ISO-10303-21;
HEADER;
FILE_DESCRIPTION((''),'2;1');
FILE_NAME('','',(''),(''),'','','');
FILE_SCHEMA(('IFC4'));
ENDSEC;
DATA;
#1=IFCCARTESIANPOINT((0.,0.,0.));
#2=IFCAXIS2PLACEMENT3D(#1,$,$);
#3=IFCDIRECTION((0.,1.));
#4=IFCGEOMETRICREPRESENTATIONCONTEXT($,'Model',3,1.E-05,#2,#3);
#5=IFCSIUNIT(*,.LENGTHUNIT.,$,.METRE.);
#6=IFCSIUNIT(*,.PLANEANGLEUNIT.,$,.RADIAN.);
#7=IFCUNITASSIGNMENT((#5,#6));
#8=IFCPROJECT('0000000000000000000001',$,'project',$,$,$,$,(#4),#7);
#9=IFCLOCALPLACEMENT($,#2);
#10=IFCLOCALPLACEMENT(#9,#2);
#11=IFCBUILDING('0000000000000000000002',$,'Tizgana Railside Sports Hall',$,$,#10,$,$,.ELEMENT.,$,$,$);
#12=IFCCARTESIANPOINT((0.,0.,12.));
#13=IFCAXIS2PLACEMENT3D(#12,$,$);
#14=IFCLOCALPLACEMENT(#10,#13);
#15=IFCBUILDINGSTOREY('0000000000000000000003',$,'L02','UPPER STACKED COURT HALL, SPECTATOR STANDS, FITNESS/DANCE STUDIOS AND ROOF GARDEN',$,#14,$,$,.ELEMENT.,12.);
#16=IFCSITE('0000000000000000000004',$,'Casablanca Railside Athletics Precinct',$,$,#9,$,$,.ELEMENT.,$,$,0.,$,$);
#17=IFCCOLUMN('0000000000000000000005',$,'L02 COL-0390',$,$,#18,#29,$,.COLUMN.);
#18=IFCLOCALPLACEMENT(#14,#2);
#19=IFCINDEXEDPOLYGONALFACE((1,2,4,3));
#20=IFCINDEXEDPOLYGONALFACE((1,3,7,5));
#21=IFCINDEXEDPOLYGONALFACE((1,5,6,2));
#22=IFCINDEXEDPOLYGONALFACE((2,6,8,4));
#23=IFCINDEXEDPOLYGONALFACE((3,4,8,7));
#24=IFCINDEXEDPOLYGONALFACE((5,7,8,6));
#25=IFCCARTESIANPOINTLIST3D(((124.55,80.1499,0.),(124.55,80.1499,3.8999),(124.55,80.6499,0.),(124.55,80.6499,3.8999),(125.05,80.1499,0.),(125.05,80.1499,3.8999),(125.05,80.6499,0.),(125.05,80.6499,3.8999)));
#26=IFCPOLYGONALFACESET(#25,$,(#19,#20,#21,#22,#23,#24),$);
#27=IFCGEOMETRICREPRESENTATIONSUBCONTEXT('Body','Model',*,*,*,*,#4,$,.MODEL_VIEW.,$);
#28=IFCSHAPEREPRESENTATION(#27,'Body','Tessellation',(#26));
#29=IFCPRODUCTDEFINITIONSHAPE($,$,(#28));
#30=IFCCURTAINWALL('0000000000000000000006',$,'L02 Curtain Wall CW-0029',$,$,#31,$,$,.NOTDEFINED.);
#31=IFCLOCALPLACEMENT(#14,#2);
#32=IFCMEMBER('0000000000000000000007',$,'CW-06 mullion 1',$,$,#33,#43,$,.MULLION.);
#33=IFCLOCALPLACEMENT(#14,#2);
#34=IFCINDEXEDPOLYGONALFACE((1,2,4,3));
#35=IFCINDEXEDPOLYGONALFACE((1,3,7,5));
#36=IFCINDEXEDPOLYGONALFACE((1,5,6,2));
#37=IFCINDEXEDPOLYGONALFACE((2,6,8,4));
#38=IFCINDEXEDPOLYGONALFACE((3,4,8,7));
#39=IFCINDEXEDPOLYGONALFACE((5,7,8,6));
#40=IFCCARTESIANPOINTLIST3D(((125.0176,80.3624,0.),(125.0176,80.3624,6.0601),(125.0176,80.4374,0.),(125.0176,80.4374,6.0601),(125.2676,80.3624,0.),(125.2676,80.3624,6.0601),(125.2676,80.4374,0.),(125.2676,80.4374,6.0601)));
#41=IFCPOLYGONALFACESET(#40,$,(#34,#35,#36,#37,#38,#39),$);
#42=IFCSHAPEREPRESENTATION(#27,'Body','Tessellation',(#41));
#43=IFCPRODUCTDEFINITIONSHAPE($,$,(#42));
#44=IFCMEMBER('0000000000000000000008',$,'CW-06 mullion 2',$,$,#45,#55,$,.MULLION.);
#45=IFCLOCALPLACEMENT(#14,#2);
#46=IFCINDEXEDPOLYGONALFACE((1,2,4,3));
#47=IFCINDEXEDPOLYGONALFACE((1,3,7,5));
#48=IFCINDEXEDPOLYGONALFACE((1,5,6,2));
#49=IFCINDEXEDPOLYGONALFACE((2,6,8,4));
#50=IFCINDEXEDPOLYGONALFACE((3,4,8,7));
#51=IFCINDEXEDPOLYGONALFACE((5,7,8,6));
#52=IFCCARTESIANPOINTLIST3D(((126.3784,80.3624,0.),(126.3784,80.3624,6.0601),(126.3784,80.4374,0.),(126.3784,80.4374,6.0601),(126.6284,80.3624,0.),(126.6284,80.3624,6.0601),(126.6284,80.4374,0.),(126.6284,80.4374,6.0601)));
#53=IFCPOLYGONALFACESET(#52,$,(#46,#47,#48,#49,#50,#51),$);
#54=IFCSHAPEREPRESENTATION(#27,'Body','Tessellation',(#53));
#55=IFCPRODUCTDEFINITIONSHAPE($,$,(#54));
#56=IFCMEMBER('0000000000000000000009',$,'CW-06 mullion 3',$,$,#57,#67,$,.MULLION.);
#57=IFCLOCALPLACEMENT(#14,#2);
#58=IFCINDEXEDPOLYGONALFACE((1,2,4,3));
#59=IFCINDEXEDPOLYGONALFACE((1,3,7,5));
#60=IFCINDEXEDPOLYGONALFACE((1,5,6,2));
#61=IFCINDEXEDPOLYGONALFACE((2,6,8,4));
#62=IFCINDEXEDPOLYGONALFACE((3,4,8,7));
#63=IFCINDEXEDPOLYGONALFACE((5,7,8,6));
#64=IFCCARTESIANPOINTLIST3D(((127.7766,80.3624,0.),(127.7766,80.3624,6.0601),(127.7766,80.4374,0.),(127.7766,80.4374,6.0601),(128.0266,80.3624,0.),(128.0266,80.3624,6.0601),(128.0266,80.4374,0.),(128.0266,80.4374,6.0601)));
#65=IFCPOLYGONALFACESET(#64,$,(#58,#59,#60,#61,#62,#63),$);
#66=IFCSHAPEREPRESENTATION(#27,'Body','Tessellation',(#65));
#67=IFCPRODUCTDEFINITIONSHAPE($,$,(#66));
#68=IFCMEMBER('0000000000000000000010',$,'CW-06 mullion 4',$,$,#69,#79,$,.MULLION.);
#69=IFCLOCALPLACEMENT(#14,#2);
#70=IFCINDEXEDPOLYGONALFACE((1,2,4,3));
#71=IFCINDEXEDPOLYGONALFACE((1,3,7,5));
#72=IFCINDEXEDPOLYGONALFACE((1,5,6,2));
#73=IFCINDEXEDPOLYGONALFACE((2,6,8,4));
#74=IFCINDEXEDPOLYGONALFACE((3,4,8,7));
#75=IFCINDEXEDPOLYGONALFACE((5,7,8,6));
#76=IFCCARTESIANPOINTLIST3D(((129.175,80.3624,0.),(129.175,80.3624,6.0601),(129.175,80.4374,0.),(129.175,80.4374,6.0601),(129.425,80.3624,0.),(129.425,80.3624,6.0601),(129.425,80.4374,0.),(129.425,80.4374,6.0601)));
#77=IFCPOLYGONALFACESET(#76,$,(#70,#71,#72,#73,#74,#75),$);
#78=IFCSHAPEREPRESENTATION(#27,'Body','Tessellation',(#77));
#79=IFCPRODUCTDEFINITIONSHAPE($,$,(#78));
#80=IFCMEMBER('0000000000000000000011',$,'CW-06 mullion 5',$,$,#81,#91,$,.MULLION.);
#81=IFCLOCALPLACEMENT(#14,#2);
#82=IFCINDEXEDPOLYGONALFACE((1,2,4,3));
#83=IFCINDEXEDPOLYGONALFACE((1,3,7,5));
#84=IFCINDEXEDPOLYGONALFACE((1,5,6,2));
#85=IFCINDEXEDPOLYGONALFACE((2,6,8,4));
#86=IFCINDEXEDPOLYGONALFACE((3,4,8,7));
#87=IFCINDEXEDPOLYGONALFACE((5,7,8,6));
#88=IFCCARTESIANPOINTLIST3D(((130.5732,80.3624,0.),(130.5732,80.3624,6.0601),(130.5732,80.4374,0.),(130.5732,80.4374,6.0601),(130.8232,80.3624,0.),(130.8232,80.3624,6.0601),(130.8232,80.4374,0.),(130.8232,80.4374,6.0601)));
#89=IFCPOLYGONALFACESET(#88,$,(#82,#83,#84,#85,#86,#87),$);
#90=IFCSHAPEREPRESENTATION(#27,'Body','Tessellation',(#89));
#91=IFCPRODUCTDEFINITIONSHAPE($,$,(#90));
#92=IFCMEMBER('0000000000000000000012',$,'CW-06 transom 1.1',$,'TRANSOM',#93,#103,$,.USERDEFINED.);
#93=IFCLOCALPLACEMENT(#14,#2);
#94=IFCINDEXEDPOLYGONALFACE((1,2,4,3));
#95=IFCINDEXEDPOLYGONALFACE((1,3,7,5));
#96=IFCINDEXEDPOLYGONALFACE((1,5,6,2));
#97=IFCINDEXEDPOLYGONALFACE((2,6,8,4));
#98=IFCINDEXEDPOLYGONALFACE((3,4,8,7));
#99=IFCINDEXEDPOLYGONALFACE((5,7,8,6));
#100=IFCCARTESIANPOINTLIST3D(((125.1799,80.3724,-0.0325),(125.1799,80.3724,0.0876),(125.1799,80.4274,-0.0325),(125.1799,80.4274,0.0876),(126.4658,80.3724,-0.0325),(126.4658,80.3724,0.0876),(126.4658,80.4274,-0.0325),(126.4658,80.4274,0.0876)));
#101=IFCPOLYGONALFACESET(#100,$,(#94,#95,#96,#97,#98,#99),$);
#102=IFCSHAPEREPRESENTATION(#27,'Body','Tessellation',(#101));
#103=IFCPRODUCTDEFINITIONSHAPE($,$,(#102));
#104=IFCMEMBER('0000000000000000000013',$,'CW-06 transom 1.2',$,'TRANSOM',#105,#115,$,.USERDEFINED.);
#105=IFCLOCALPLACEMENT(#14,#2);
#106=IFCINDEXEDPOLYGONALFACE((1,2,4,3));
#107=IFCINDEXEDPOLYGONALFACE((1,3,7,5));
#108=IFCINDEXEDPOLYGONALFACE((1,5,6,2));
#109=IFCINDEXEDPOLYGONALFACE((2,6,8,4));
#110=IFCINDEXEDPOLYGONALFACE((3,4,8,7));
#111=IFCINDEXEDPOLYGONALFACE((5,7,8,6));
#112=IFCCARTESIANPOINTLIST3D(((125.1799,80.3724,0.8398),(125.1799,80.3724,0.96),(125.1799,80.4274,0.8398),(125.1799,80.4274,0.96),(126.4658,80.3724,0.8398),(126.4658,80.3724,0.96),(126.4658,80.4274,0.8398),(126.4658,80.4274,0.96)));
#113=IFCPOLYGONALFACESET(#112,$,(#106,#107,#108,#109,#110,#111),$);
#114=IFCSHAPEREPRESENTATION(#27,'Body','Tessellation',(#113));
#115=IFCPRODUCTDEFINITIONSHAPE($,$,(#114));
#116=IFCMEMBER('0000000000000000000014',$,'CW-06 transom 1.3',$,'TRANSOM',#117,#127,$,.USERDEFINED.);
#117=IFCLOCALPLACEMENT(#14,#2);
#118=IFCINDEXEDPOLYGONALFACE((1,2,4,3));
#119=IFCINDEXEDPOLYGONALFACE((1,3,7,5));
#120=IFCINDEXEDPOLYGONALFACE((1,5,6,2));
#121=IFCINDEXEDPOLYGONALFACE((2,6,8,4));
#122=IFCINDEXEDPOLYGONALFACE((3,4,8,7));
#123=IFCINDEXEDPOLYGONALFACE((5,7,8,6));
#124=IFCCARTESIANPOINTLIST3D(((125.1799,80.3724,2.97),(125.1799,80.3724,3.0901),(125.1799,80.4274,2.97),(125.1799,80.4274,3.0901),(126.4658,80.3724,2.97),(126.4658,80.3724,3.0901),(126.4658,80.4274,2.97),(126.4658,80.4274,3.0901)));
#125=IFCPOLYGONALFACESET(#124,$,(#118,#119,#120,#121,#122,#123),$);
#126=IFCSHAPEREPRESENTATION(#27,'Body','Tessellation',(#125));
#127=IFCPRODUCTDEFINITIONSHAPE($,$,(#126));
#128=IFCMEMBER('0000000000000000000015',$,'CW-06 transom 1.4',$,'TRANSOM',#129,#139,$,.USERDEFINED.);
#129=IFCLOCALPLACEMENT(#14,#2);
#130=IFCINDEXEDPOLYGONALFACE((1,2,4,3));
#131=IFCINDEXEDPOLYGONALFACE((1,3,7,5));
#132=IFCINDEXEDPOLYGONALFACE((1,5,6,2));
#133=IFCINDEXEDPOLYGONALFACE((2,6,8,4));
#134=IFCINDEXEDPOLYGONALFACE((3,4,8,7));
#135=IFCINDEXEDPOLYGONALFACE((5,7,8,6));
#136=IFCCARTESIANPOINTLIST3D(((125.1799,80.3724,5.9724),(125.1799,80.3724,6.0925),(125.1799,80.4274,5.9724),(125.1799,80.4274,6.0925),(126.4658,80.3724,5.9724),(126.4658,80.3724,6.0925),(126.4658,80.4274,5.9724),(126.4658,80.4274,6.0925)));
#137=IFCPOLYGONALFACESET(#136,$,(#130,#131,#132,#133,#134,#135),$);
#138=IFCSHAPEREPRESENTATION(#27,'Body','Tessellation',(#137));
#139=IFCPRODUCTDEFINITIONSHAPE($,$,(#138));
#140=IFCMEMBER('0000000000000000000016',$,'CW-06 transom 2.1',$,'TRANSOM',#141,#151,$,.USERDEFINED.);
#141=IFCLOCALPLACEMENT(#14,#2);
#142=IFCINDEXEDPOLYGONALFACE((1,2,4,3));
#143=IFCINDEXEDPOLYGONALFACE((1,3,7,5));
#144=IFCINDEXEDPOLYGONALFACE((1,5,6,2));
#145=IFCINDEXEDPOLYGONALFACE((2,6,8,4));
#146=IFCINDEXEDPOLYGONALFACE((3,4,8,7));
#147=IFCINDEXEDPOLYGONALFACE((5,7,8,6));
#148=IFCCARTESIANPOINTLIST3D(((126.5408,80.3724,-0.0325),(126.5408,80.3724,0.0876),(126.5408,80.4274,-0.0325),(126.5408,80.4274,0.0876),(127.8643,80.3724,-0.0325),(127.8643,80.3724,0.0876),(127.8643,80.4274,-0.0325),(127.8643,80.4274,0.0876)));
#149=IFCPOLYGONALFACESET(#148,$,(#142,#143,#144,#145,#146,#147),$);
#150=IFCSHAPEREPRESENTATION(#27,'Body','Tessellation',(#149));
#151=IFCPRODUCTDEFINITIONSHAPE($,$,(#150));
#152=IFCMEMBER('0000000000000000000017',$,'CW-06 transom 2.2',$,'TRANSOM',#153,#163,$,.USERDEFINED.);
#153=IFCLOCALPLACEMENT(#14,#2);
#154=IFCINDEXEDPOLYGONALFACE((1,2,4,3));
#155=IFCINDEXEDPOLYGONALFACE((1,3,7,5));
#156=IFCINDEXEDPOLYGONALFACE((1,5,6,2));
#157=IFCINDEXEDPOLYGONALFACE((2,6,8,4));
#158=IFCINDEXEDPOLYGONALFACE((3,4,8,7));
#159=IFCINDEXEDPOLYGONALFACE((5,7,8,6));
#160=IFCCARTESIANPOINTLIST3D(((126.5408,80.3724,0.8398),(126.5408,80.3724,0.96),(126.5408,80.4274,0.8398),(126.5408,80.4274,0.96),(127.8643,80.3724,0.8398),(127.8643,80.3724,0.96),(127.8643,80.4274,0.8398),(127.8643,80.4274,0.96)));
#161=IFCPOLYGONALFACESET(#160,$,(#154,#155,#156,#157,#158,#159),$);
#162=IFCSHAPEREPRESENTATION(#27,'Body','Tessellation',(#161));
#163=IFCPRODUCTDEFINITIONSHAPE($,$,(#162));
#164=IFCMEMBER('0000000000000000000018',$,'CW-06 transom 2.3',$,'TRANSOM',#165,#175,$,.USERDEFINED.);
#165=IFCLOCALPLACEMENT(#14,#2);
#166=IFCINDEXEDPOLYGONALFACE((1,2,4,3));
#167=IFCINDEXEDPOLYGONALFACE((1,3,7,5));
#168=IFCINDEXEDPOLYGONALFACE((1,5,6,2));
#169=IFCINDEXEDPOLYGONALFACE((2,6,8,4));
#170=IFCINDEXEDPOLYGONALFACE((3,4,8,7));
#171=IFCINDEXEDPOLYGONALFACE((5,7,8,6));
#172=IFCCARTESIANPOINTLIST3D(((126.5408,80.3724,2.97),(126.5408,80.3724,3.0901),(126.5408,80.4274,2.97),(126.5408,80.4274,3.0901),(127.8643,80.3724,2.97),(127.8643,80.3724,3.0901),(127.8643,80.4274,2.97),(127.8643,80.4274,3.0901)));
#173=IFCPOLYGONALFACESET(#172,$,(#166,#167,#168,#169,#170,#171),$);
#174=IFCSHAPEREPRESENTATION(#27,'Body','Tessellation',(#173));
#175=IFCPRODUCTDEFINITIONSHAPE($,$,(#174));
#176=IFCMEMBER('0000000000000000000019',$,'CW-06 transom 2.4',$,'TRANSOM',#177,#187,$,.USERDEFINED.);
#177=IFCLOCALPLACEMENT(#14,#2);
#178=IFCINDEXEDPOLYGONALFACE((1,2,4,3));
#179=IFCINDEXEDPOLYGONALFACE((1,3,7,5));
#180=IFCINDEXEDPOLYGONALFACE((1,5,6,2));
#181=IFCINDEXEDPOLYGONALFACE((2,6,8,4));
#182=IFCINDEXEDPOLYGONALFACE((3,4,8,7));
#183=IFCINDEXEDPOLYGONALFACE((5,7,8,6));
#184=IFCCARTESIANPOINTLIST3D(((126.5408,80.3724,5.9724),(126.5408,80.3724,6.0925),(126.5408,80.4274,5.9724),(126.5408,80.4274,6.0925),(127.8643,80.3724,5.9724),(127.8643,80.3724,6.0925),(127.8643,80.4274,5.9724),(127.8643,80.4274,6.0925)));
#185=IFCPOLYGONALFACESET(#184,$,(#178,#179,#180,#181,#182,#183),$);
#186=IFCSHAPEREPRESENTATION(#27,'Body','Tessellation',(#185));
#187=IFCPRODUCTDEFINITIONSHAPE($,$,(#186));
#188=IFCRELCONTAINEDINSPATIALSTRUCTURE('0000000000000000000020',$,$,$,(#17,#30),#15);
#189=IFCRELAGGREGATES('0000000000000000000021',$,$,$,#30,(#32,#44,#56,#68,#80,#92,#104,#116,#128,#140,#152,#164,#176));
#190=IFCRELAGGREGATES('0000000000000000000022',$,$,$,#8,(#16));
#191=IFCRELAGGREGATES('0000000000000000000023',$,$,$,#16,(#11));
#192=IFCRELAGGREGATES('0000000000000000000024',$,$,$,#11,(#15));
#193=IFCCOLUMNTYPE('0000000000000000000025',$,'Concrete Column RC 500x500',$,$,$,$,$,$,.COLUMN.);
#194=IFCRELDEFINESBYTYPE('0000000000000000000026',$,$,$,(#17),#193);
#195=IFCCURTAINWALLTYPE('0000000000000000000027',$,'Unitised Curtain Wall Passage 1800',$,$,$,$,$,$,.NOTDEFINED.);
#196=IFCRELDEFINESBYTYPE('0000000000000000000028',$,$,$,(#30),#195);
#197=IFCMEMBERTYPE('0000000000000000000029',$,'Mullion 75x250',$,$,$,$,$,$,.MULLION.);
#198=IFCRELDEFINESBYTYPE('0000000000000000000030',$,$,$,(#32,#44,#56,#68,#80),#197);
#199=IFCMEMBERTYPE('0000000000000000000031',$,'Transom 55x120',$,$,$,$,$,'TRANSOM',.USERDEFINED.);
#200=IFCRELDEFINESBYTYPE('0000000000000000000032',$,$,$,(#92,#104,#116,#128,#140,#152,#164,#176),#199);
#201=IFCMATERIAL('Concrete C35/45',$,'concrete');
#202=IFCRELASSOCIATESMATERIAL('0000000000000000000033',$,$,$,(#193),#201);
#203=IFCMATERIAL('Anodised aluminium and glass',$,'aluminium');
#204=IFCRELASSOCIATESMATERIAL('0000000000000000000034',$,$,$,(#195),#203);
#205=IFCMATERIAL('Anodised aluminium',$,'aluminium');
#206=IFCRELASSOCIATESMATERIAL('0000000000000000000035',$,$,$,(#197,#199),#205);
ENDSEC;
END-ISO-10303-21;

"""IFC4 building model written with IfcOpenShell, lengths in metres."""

from ifc_helpers import new_model, si_unit, direction, frame, origin, origin_2d, place, context, subcontext, project, spatial, rectangle, extrude, material, material_profile, profile_set, type_object, element, aggregate, save


model = new_model("IFC4")

# Units and contexts
model_context = context("Model", 3, precision=1e-05, world=origin(), true_north=direction((0.0, 1.0)))
body_context = subcontext(model_context, "Body", "Model", "MODEL_VIEW")
ifc_project = project(units=[si_unit("LENGTHUNIT", "METRE"), si_unit("PLANEANGLEUNIT", "RADIAN")], contexts=[model_context])

# Site, building, storey
site_placement = place(None, origin())
site = spatial("IfcSite", under=ifc_project, at=site_placement, Name="Casablanca Railside Athletics Precinct", CompositionType="ELEMENT", RefElevation=0.0)
building_placement = place(site_placement, origin())
building = spatial("IfcBuilding", under=site, at=building_placement, Name="Tizgana Railside Sports Hall", CompositionType="ELEMENT")
storey_placement = place(building_placement, frame((0.0, 0.0, 12.0)))
storey = spatial("IfcBuildingStorey", under=building, at=storey_placement, Name="L02", Description="UPPER STACKED COURT HALL, SPECTATOR STANDS, FITNESS/DANCE STUDIOS AND ROOF GARDEN", CompositionType="ELEMENT", Elevation=12.0)

# Column
ifc_material_1 = material(Name="Concrete C35/45", Category="concrete")
ifc_material_profile_1 = material_profile(ifc_material_1, rectangle(XDim=0.5, YDim=0.5, at=origin_2d()), Name="RC 500x500")
ifc_profile_set_1 = profile_set([ifc_material_profile_1], Name="Concrete C35/45")
column_type = type_object("IfcColumnType", Name="Concrete Column RC 500x500", PredefinedType="COLUMN", material=ifc_profile_set_1)
column_placement = place(storey_placement, frame((124.8, 80.3999, 0.0), z_axis=(0.0, 0.0, 1.0), x_axis=(1.0, 0.0, 0.0)))
element("IfcColumn", 1, at=column_placement, inside=storey, type_object=column_type, Name="L02 COL-0390", PredefinedType="COLUMN", context=body_context, shape_type="SweptSolid", body=[
    extrude(rectangle(XDim=0.5, YDim=0.5, at=origin_2d()), origin(), (0.0, 0.0, 1.0), 3.8999),
])

# Curtain wall, members
ifc_material_2 = material(Name="Anodised aluminium and glass", Category="aluminium")
curtain_wall_type = type_object("IfcCurtainWallType", Name="Unitised Curtain Wall Passage 1800", PredefinedType="NOTDEFINED", material=ifc_material_2)
curtain_wall_placement = place(storey_placement, origin())
curtain_wall = element("IfcCurtainWall", 2, at=curtain_wall_placement, inside=storey, type_object=curtain_wall_type, Name="L02 Curtain Wall CW-0029", PredefinedType="NOTDEFINED")
ifc_material_3 = material(Name="Anodised aluminium", Category="aluminium")
ifc_material_profile_2 = material_profile(ifc_material_3, rectangle(XDim=0.075, YDim=0.25, at=origin_2d()), Name="Mullion 75x250")
ifc_profile_set_2 = profile_set([ifc_material_profile_2], Name="Anodised aluminium")
member_type_1 = type_object("IfcMemberType", Name="Mullion 75x250", PredefinedType="MULLION", material=ifc_profile_set_2)
member_1_placement = place(storey_placement, frame((125.1426, 80.3999, 0.0), z_axis=(0.0, 0.0, 1.0), x_axis=(0.0, 1.0, 0.0)))
member_1 = element("IfcMember", 3, at=member_1_placement, type_object=member_type_1, Name="CW-06 mullion 1", PredefinedType="MULLION", context=body_context, shape_type="SweptSolid", body=[
    extrude(rectangle(XDim=0.075, YDim=0.25, at=origin_2d()), origin(), (0.0, 0.0, 1.0), 6.0601),
])
member_2_placement = place(storey_placement, frame((126.5034, 80.3999, 0.0), z_axis=(0.0, 0.0, 1.0), x_axis=(0.0, 1.0, 0.0)))
member_2 = element("IfcMember", 4, at=member_2_placement, type_object=member_type_1, Name="CW-06 mullion 2", PredefinedType="MULLION", context=body_context, shape_type="SweptSolid", body=[
    extrude(rectangle(XDim=0.075, YDim=0.25, at=origin_2d()), origin(), (0.0, 0.0, 1.0), 6.0601),
])
member_3_placement = place(storey_placement, frame((127.9016, 80.3999, 0.0), z_axis=(0.0, 0.0, 1.0), x_axis=(0.0, 1.0, 0.0)))
member_3 = element("IfcMember", 5, at=member_3_placement, type_object=member_type_1, Name="CW-06 mullion 3", PredefinedType="MULLION", context=body_context, shape_type="SweptSolid", body=[
    extrude(rectangle(XDim=0.075, YDim=0.25, at=origin_2d()), origin(), (0.0, 0.0, 1.0), 6.0601),
])
member_4_placement = place(storey_placement, frame((129.3, 80.3999, 0.0), z_axis=(0.0, 0.0, 1.0), x_axis=(0.0, 1.0, 0.0)))
member_4 = element("IfcMember", 6, at=member_4_placement, type_object=member_type_1, Name="CW-06 mullion 4", PredefinedType="MULLION", context=body_context, shape_type="SweptSolid", body=[
    extrude(rectangle(XDim=0.075, YDim=0.25, at=origin_2d()), origin(), (0.0, 0.0, 1.0), 6.0601),
])
member_5_placement = place(storey_placement, frame((130.6982, 80.3999, 0.0), z_axis=(0.0, 0.0, 1.0), x_axis=(0.0, 1.0, 0.0)))
member_5 = element("IfcMember", 7, at=member_5_placement, type_object=member_type_1, Name="CW-06 mullion 5", PredefinedType="MULLION", context=body_context, shape_type="SweptSolid", body=[
    extrude(rectangle(XDim=0.075, YDim=0.25, at=origin_2d()), origin(), (0.0, 0.0, 1.0), 6.0601),
])
ifc_material_profile_3 = material_profile(ifc_material_3, rectangle(XDim=0.0549, YDim=0.1201, at=origin_2d()), Name="Transom 55x120")
ifc_profile_set_3 = profile_set([ifc_material_profile_3], Name="Anodised aluminium")
member_type_2 = type_object("IfcMemberType", Name="Transom 55x120", ElementType="TRANSOM", PredefinedType="USERDEFINED", material=ifc_profile_set_3)
member_6_placement = place(storey_placement, frame((125.1799, 80.3999, 0.0276), z_axis=(1.0, 0.0, 0.0), x_axis=(0.0, 1.0, 0.0)))
member_6 = element("IfcMember", 8, at=member_6_placement, type_object=member_type_2, Name="CW-06 transom 1.1", ObjectType="TRANSOM", PredefinedType="USERDEFINED", context=body_context, shape_type="SweptSolid", body=[
    extrude(rectangle(XDim=0.0549, YDim=0.1201, at=origin_2d()), origin(), (0.0, 0.0, 1.0), 1.2859),
])
member_7_placement = place(storey_placement, frame((125.1799, 80.3999, 0.8999), z_axis=(1.0, 0.0, 0.0), x_axis=(0.0, 1.0, 0.0)))
member_7 = element("IfcMember", 9, at=member_7_placement, type_object=member_type_2, Name="CW-06 transom 1.2", ObjectType="TRANSOM", PredefinedType="USERDEFINED", context=body_context, shape_type="SweptSolid", body=[
    extrude(rectangle(XDim=0.0549, YDim=0.1201, at=origin_2d()), origin(), (0.0, 0.0, 1.0), 1.2859),
])
member_8_placement = place(storey_placement, frame((125.1799, 80.3999, 3.03), z_axis=(1.0, 0.0, 0.0), x_axis=(0.0, 1.0, 0.0)))
member_8 = element("IfcMember", 10, at=member_8_placement, type_object=member_type_2, Name="CW-06 transom 1.3", ObjectType="TRANSOM", PredefinedType="USERDEFINED", context=body_context, shape_type="SweptSolid", body=[
    extrude(rectangle(XDim=0.0549, YDim=0.1201, at=origin_2d()), origin(), (0.0, 0.0, 1.0), 1.2859),
])
member_9_placement = place(storey_placement, frame((125.1799, 80.3999, 6.0325), z_axis=(1.0, 0.0, 0.0), x_axis=(0.0, 1.0, 0.0)))
member_9 = element("IfcMember", 11, at=member_9_placement, type_object=member_type_2, Name="CW-06 transom 1.4", ObjectType="TRANSOM", PredefinedType="USERDEFINED", context=body_context, shape_type="SweptSolid", body=[
    extrude(rectangle(XDim=0.0549, YDim=0.1201, at=origin_2d()), origin(), (0.0, 0.0, 1.0), 1.2859),
])
member_10_placement = place(storey_placement, frame((126.5408, 80.3999, 0.0276), z_axis=(1.0, 0.0, 0.0), x_axis=(0.0, 1.0, 0.0)))
member_10 = element("IfcMember", 12, at=member_10_placement, type_object=member_type_2, Name="CW-06 transom 2.1", ObjectType="TRANSOM", PredefinedType="USERDEFINED", context=body_context, shape_type="SweptSolid", body=[
    extrude(rectangle(XDim=0.0549, YDim=0.1201, at=origin_2d()), origin(), (0.0, 0.0, 1.0), 1.3235),
])
member_11_placement = place(storey_placement, frame((126.5408, 80.3999, 0.8999), z_axis=(1.0, 0.0, 0.0), x_axis=(0.0, 1.0, 0.0)))
member_11 = element("IfcMember", 13, at=member_11_placement, type_object=member_type_2, Name="CW-06 transom 2.2", ObjectType="TRANSOM", PredefinedType="USERDEFINED", context=body_context, shape_type="SweptSolid", body=[
    extrude(rectangle(XDim=0.0549, YDim=0.1201, at=origin_2d()), origin(), (0.0, 0.0, 1.0), 1.3235),
])
member_12_placement = place(storey_placement, frame((126.5408, 80.3999, 3.03), z_axis=(1.0, 0.0, 0.0), x_axis=(0.0, 1.0, 0.0)))
member_12 = element("IfcMember", 14, at=member_12_placement, type_object=member_type_2, Name="CW-06 transom 2.3", ObjectType="TRANSOM", PredefinedType="USERDEFINED", context=body_context, shape_type="SweptSolid", body=[
    extrude(rectangle(XDim=0.0549, YDim=0.1201, at=origin_2d()), origin(), (0.0, 0.0, 1.0), 1.3235),
])
member_13_placement = place(storey_placement, frame((126.5408, 80.3999, 6.0325), z_axis=(1.0, 0.0, 0.0), x_axis=(0.0, 1.0, 0.0)))
member_13 = element("IfcMember", 15, at=member_13_placement, type_object=member_type_2, Name="CW-06 transom 2.4", ObjectType="TRANSOM", PredefinedType="USERDEFINED", context=body_context, shape_type="SweptSolid", body=[
    extrude(rectangle(XDim=0.0549, YDim=0.1201, at=origin_2d()), origin(), (0.0, 0.0, 1.0), 1.3235),
])
aggregate(curtain_wall, [member_1, member_2, member_3, member_4, member_5, member_6, member_7, member_8, member_9, member_10, member_11, member_12, member_13])

save(model, "model.ifc")
